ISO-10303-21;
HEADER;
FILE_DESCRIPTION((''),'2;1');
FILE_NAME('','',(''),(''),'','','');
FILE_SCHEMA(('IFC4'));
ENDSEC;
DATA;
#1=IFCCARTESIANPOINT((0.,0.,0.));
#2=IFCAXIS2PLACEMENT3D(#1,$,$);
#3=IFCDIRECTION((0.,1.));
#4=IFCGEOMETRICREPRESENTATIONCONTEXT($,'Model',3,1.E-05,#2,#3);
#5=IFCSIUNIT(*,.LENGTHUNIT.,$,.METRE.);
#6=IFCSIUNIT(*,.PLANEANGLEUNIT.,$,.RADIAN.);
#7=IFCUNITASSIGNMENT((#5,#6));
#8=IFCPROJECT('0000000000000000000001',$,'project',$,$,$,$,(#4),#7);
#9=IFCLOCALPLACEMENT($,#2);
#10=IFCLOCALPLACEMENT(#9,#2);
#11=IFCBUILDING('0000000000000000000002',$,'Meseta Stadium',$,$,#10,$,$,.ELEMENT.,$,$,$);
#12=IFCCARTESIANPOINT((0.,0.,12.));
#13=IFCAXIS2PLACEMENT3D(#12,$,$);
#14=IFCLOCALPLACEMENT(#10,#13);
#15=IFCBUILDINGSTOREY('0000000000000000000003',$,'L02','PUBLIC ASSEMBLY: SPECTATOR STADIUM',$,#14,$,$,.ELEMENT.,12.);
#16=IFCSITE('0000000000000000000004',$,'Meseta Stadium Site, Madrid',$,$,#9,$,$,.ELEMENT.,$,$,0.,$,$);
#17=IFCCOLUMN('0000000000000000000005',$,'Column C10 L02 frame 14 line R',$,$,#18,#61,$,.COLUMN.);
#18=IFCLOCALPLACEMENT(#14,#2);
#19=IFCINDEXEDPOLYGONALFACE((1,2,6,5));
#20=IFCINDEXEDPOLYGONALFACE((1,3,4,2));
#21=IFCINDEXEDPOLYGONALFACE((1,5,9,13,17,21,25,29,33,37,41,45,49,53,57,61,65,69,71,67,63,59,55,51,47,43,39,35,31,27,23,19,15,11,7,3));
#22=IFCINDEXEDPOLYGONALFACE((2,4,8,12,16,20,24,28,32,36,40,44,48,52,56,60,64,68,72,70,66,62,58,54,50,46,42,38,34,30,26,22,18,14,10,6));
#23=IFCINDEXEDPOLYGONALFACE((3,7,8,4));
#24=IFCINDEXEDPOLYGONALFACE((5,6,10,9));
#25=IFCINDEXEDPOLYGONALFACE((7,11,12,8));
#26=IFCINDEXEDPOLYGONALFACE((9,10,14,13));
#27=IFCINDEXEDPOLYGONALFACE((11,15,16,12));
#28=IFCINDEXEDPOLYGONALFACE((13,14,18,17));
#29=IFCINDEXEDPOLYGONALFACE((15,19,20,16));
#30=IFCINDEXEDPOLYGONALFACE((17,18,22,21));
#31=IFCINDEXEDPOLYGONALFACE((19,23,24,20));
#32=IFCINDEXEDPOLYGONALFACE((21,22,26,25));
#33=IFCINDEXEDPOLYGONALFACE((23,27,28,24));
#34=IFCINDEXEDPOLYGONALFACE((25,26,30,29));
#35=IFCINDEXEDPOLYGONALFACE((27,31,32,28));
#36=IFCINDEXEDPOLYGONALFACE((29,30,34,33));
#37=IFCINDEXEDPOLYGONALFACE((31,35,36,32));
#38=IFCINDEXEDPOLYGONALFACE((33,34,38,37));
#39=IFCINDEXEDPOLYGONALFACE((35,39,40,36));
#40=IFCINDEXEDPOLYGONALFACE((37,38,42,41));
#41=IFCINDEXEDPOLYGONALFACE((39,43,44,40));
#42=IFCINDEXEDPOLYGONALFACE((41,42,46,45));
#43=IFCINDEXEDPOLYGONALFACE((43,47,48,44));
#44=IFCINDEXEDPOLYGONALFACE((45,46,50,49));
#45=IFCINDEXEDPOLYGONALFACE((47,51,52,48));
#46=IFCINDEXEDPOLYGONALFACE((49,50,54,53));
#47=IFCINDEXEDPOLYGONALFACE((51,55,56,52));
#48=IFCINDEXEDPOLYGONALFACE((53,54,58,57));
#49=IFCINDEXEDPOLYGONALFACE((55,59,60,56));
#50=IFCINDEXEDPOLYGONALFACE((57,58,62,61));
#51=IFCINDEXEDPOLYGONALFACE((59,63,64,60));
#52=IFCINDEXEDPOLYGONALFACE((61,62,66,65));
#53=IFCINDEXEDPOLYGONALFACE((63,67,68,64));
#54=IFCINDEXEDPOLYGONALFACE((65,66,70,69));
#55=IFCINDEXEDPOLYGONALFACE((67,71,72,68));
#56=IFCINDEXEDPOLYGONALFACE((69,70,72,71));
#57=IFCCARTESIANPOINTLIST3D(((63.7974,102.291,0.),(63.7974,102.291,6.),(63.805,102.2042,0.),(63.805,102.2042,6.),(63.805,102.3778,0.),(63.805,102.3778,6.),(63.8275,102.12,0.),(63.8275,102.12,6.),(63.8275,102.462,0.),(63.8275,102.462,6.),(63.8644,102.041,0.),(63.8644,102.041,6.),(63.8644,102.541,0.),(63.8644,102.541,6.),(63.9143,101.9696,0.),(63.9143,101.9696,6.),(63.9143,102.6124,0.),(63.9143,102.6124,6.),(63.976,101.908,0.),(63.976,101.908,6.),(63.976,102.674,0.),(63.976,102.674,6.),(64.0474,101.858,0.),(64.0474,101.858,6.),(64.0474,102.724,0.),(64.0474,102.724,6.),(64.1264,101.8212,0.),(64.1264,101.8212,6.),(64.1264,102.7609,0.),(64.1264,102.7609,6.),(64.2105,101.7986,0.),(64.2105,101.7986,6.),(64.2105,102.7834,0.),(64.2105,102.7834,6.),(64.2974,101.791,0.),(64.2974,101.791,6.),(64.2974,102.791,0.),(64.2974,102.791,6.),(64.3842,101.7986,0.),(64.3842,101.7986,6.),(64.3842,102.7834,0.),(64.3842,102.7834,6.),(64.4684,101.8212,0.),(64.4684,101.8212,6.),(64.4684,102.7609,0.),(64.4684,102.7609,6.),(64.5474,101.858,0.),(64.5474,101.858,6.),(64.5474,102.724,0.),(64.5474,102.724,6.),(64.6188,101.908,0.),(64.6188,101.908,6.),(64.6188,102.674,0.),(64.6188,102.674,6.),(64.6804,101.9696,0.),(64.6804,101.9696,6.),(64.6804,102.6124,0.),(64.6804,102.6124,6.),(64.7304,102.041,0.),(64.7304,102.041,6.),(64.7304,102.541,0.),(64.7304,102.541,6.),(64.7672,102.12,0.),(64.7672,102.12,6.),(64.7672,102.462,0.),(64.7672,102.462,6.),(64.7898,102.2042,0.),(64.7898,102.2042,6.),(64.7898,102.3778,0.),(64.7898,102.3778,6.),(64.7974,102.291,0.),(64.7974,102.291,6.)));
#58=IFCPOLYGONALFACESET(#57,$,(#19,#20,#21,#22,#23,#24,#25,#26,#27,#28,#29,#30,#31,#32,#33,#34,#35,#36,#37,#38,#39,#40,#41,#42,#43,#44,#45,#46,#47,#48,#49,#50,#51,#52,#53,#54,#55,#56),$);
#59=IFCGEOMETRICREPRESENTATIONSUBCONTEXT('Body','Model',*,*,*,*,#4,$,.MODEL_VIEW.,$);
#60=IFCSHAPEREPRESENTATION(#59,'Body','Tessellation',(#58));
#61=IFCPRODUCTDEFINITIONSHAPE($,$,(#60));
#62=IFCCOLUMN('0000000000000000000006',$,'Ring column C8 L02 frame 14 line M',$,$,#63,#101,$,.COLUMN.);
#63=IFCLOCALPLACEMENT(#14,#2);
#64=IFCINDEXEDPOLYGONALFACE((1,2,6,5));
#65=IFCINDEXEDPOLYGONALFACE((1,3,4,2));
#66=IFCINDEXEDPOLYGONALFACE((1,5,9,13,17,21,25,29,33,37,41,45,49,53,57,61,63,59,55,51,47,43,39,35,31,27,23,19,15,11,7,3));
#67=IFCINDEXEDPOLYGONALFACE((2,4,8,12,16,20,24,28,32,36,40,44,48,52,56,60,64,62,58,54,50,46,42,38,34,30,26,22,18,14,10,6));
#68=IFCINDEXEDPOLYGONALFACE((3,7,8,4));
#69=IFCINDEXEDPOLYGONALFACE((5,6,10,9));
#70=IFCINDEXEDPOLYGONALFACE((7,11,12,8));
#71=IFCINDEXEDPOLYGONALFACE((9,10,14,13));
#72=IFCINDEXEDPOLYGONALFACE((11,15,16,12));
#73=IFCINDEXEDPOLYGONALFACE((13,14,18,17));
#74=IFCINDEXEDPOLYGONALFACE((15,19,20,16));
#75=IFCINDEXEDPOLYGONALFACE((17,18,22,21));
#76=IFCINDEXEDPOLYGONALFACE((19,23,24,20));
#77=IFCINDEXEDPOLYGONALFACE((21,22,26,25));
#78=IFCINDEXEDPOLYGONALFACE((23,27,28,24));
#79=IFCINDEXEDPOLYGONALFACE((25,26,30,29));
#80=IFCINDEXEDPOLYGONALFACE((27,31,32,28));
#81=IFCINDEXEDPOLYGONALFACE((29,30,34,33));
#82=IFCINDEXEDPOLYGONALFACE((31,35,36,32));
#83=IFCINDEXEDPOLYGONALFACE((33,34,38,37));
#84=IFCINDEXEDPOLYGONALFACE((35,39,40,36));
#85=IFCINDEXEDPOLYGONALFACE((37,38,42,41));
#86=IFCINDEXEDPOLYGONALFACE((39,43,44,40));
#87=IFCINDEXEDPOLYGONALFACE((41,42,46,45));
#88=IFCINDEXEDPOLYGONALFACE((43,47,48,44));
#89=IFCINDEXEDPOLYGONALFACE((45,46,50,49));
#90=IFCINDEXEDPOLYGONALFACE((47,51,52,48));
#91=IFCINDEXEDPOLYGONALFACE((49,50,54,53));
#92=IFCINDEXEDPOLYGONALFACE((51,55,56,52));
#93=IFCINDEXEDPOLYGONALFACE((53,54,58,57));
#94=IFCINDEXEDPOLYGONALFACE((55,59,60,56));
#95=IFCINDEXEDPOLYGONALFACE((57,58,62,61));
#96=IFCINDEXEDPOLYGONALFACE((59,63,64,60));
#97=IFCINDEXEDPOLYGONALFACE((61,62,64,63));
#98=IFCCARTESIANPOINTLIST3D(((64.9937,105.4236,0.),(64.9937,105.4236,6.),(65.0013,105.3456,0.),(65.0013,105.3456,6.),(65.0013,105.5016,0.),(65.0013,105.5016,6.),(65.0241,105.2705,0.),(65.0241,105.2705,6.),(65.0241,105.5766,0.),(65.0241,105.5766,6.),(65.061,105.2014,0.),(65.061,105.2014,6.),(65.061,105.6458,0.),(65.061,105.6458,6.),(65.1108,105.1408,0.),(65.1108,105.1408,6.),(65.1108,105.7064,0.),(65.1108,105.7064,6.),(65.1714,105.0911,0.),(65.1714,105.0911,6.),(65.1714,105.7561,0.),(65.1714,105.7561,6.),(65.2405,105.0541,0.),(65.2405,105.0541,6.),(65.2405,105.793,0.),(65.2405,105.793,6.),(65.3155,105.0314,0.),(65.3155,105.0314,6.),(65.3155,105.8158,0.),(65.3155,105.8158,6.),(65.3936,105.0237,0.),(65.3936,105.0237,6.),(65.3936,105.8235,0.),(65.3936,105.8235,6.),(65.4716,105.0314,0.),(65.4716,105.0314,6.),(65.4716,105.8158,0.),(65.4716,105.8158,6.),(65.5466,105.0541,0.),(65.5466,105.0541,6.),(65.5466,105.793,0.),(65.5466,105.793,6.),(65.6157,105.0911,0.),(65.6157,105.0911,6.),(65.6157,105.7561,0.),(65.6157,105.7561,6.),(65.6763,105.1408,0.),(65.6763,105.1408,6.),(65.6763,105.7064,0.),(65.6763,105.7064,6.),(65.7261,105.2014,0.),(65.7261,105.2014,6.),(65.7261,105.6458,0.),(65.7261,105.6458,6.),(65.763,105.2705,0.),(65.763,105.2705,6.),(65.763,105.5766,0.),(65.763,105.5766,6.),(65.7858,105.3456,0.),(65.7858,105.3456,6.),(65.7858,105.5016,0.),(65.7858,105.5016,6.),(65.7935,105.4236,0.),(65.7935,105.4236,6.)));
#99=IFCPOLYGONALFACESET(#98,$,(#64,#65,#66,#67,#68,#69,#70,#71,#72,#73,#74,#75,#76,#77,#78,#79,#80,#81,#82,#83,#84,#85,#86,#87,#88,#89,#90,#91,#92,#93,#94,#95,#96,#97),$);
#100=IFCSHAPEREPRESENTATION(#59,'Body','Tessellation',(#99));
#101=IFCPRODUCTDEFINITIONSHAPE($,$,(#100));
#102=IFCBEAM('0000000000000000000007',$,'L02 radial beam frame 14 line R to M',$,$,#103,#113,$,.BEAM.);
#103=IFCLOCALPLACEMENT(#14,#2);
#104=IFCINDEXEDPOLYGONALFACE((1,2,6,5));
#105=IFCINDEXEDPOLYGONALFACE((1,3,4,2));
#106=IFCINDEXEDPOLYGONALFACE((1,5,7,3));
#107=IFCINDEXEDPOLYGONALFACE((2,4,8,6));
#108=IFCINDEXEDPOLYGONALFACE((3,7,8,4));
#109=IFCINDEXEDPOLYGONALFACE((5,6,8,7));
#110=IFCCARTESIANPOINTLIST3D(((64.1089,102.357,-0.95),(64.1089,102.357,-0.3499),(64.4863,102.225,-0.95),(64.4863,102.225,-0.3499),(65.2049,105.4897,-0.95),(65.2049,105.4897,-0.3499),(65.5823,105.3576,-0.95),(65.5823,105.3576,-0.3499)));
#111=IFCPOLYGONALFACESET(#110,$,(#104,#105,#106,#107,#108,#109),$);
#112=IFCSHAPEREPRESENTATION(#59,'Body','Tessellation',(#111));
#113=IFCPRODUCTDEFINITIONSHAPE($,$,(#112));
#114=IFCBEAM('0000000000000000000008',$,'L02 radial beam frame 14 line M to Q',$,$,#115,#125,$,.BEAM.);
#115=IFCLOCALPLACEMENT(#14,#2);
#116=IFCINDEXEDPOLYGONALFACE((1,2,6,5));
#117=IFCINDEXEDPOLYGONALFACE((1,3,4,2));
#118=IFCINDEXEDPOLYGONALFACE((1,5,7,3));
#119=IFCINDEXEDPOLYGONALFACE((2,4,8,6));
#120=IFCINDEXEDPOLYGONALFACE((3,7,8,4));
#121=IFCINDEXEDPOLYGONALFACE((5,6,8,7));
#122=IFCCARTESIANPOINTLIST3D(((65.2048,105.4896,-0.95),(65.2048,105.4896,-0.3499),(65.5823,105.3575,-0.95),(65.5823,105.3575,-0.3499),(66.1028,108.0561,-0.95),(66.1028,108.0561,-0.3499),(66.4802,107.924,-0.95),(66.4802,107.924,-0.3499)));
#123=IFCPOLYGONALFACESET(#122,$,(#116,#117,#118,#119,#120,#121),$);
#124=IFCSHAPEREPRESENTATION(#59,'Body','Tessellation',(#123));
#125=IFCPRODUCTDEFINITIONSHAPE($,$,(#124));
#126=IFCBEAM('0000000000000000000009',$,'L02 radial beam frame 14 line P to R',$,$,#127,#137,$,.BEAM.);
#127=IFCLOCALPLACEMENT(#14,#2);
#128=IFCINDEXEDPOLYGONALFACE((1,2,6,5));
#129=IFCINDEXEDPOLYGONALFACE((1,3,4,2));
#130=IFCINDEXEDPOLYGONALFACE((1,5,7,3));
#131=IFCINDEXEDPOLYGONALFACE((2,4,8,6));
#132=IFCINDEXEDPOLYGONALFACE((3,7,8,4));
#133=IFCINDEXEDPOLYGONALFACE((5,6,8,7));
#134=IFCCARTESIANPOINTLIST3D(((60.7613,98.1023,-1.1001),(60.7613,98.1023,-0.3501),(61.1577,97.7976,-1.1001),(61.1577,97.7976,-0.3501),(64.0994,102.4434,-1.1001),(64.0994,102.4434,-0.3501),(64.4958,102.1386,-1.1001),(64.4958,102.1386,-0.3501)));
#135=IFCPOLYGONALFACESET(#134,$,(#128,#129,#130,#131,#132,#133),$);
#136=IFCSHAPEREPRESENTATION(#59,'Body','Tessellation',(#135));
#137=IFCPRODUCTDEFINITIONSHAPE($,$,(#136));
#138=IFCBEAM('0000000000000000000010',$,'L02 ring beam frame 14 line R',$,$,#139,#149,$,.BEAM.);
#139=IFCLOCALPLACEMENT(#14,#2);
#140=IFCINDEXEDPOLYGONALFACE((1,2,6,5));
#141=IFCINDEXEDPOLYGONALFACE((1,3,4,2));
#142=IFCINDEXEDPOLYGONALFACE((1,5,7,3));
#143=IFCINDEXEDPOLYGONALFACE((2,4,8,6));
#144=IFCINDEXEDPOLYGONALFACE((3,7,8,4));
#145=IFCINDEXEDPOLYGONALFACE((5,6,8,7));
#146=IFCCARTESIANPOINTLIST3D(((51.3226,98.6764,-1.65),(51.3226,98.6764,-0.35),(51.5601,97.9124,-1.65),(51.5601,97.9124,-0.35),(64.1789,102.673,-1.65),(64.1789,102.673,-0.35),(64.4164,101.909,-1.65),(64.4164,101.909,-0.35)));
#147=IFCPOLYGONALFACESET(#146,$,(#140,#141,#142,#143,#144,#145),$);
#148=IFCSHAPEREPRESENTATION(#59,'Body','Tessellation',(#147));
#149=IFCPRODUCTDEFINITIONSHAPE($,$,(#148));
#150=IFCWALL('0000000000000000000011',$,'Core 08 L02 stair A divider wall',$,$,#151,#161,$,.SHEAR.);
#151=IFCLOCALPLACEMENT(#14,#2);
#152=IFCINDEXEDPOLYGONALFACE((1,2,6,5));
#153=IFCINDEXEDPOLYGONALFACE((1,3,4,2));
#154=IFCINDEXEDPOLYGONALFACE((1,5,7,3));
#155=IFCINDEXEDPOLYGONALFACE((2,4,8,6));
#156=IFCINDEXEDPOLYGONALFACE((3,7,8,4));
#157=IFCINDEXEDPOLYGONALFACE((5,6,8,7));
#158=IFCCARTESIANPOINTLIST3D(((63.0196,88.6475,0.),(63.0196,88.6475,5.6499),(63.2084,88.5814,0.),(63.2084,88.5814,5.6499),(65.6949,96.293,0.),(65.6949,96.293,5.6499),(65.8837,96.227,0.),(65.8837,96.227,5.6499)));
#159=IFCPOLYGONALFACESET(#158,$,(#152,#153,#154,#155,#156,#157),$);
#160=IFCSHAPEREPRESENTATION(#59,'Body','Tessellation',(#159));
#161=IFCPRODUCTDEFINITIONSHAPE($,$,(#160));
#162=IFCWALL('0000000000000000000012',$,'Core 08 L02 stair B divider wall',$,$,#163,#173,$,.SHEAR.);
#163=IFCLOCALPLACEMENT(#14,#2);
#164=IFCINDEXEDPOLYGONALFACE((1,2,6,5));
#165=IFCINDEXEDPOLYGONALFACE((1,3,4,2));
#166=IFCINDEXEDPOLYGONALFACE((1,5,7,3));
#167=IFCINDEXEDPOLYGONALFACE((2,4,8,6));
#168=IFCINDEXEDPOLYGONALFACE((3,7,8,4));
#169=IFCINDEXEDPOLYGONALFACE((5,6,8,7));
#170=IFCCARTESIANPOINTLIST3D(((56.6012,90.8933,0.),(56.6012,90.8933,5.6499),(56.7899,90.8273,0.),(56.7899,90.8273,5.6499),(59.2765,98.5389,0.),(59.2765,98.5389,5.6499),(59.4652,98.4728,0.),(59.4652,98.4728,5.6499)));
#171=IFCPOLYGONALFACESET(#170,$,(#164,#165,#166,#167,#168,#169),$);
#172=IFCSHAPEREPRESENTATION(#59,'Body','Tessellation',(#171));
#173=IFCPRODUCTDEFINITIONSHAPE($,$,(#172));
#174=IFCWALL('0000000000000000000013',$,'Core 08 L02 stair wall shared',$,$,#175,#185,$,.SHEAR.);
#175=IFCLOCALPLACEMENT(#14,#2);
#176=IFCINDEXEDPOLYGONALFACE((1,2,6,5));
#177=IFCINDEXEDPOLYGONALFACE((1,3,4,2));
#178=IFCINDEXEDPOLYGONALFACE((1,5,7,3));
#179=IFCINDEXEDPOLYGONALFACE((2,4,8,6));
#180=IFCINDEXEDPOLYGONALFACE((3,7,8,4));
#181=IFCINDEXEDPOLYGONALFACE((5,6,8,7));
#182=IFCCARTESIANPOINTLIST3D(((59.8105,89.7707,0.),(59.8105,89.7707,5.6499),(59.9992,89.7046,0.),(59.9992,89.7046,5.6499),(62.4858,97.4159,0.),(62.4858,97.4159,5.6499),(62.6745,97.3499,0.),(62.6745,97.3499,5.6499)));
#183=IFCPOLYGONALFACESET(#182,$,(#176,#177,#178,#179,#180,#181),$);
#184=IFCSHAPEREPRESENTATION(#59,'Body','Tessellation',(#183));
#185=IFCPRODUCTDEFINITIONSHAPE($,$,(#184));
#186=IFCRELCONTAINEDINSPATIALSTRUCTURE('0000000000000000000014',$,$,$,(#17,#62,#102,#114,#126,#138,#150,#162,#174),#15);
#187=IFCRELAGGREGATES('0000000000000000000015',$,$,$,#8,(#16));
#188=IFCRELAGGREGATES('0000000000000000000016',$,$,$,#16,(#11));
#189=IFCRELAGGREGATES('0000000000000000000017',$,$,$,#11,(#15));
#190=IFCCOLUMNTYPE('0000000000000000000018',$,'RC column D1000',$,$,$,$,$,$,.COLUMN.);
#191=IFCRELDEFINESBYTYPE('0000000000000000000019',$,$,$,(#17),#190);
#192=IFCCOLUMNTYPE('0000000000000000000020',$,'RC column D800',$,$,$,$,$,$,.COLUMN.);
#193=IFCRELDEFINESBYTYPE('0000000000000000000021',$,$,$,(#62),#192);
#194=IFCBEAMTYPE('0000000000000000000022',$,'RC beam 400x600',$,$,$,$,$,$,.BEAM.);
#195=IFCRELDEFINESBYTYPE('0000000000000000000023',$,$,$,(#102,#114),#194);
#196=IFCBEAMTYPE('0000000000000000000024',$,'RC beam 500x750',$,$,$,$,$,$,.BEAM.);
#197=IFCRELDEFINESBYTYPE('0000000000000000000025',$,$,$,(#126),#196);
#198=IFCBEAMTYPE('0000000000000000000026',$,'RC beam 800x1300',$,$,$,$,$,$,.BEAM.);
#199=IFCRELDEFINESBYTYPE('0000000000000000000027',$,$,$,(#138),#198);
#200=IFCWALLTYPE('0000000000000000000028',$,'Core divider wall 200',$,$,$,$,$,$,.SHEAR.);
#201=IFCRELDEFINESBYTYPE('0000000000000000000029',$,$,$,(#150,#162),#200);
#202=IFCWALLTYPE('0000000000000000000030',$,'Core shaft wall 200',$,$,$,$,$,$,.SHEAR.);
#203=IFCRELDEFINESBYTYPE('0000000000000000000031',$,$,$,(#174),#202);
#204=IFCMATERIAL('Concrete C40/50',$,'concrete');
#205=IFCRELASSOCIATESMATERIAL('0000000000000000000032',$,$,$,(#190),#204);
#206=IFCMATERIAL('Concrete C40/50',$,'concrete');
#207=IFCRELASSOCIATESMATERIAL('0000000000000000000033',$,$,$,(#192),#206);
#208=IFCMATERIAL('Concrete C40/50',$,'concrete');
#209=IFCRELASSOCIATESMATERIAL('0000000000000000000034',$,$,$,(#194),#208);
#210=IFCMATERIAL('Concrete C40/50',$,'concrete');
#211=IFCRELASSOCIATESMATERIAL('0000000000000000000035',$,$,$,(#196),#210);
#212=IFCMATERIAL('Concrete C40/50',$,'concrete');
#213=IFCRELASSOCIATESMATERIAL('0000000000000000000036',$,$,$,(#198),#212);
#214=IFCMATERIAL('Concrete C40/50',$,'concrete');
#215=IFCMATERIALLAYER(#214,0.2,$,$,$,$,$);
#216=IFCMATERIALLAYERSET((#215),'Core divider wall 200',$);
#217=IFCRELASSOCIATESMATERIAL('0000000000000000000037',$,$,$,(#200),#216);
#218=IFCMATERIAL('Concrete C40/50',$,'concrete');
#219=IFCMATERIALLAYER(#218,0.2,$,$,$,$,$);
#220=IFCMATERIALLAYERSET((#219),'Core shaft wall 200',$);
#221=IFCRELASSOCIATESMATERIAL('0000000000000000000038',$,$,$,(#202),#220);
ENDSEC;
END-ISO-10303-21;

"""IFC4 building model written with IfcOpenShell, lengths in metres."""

from ifc_helpers import new_model, si_unit, direction, frame, frame_2d, origin, origin_2d, place, context, subcontext, project, spatial, rectangle, circle, extrude, material, layer, layer_set, material_profile, profile_set, type_object, element, save


model = new_model("IFC4")

# Units and contexts
model_context = context("Model", 3, precision=1e-05, world=origin(), true_north=direction((0.0, 1.0)))
body_context = subcontext(model_context, "Body", "Model", "MODEL_VIEW")
ifc_project = project(units=[si_unit("LENGTHUNIT", "METRE"), si_unit("PLANEANGLEUNIT", "RADIAN")], contexts=[model_context])

# Site, building, storey
site_placement = place(None, origin())
site = spatial("IfcSite", under=ifc_project, at=site_placement, Name="Meseta Stadium Site, Madrid", CompositionType="ELEMENT", RefElevation=0.0)
building_placement = place(site_placement, origin())
building = spatial("IfcBuilding", under=site, at=building_placement, Name="Meseta Stadium", CompositionType="ELEMENT")
storey_placement = place(building_placement, frame((0.0, 0.0, 12.0)))
storey = spatial("IfcBuildingStorey", under=building, at=storey_placement, Name="L02", Description="PUBLIC ASSEMBLY: SPECTATOR STADIUM", CompositionType="ELEMENT", Elevation=12.0)

# Columns
ifc_material_1 = material(Name="Concrete C40/50", Category="concrete")
ifc_material_profile_1 = material_profile(ifc_material_1, circle(Radius=0.5, at=origin_2d()), Name="RC D1000")
ifc_profile_set_1 = profile_set([ifc_material_profile_1], Name="Concrete C40/50")
column_type_1 = type_object("IfcColumnType", Name="RC column D1000", PredefinedType="COLUMN", material=ifc_profile_set_1)
column_1_placement = place(storey_placement, frame((64.2974, 102.291, 0.0), z_axis=(0.0, 0.0, 1.0), x_axis=(1.0, 0.0, 0.0)))
element("IfcColumn", 1, at=column_1_placement, inside=storey, type_object=column_type_1, Name="Column C10 L02 frame 14 line R", PredefinedType="COLUMN", context=body_context, shape_type="SweptSolid", body=[
    extrude(circle(Radius=0.5, at=origin_2d()), origin(), (0.0, 0.0, 1.0), 6.0),
])
ifc_material_2 = material(Name="Concrete C40/50", Category="concrete")
ifc_material_profile_2 = material_profile(ifc_material_2, circle(Radius=0.3999, at=origin_2d()), Name="RC D800")
ifc_profile_set_2 = profile_set([ifc_material_profile_2], Name="Concrete C40/50")
column_type_2 = type_object("IfcColumnType", Name="RC column D800", PredefinedType="COLUMN", material=ifc_profile_set_2)
column_2_placement = place(storey_placement, frame((65.3936, 105.4236, 0.0), z_axis=(0.0, 0.0, 1.0), x_axis=(1.0, 0.0, 0.0)))
element("IfcColumn", 2, at=column_2_placement, inside=storey, type_object=column_type_2, Name="Ring column C8 L02 frame 14 line M", PredefinedType="COLUMN", context=body_context, shape_type="SweptSolid", body=[
    extrude(circle(Radius=0.3999, at=origin_2d()), origin(), (0.0, 0.0, 1.0), 6.0),
])

# Beams
ifc_material_3 = material(Name="Concrete C40/50", Category="concrete")
ifc_material_profile_3 = material_profile(ifc_material_3, rectangle(XDim=0.3999, YDim=0.6001, at=origin_2d()), Name="RC 400x600")
ifc_profile_set_3 = profile_set([ifc_material_profile_3], Name="Concrete C40/50")
beam_type_1 = type_object("IfcBeamType", Name="RC beam 400x600", PredefinedType="BEAM", material=ifc_profile_set_3)
beam_1_placement = place(storey_placement, frame((64.2976, 102.291, -0.6499), z_axis=(0.330229, 0.943901, 0.0), x_axis=(-0.943901, 0.330229, 0.0)))
element("IfcBeam", 3, at=beam_1_placement, inside=storey, type_object=beam_type_1, Name="L02 radial beam frame 14 line R to M", PredefinedType="BEAM", context=body_context, shape_type="SweptSolid", body=[
    extrude(rectangle(XDim=0.3999, YDim=0.6001, at=origin_2d()), origin(), (0.0, 0.0, 1.0), 3.3188),
])
beam_2_placement = place(storey_placement, frame((65.3936, 105.4236, -0.6499), z_axis=(0.330254, 0.943892, 0.0), x_axis=(-0.943892, 0.330254, 0.0)))
element("IfcBeam", 4, at=beam_2_placement, inside=storey, type_object=beam_type_1, Name="L02 radial beam frame 14 line M to Q", PredefinedType="BEAM", context=body_context, shape_type="SweptSolid", body=[
    extrude(rectangle(XDim=0.3999, YDim=0.6001, at=origin_2d()), origin(), (0.0, 0.0, 1.0), 2.719),
])
ifc_material_4 = material(Name="Concrete C40/50", Category="concrete")
ifc_material_profile_4 = material_profile(ifc_material_4, rectangle(XDim=0.5, YDim=0.75, at=origin_2d()), Name="RC 500x750")
ifc_profile_set_4 = profile_set([ifc_material_profile_4], Name="Concrete C40/50")
beam_type_2 = type_object("IfcBeamType", Name="RC beam 500x750", PredefinedType="BEAM", material=ifc_profile_set_4)
beam_3_placement = place(storey_placement, frame((60.9595, 97.95, -0.7251), z_axis=(0.609579, 0.792725, 0.0), x_axis=(-0.792725, 0.609579, 0.0)))
element("IfcBeam", 5, at=beam_3_placement, inside=storey, type_object=beam_type_2, Name="L02 radial beam frame 14 line P to R", PredefinedType="BEAM", context=body_context, shape_type="SweptSolid", body=[
    extrude(rectangle(XDim=0.5, YDim=0.75, at=origin_2d()), origin(), (0.0, 0.0, 1.0), 5.4761),
])
ifc_material_5 = material(Name="Concrete C40/50", Category="concrete")
ifc_material_profile_5 = material_profile(ifc_material_5, rectangle(XDim=0.8, YDim=1.3, at=origin_2d()), Name="RC 800x1300")
ifc_profile_set_5 = profile_set([ifc_material_profile_5], Name="Concrete C40/50")
beam_type_3 = type_object("IfcBeamType", Name="RC beam 800x1300", PredefinedType="BEAM", material=ifc_profile_set_5)
beam_4_placement = place(storey_placement, frame((64.2976, 102.291, -1.0), z_axis=(-0.954923, -0.296855, 0.0), x_axis=(0.296855, -0.954923, 0.0)))
element("IfcBeam", 6, at=beam_4_placement, inside=storey, type_object=beam_type_3, Name="L02 ring beam frame 14 line R", PredefinedType="BEAM", context=body_context, shape_type="SweptSolid", body=[
    extrude(rectangle(XDim=0.8, YDim=1.3, at=origin_2d()), origin(), (0.0, 0.0, 1.0), 13.4631),
])

# Walls
ifc_material_6 = material(Name="Concrete C40/50", Category="concrete")
ifc_layer_1 = layer(ifc_material_6, 0.2)
ifc_layer_set_1 = layer_set([ifc_layer_1], Name="Core divider wall 200")
wall_type_1 = type_object("IfcWallType", Name="Core divider wall 200", PredefinedType="SHEAR", material=ifc_layer_set_1)
for number, where, z_axis, x_axis, name in (
    (7, (65.7893, 96.26, 0.0), (0.0, 0.0, 1.0), (-0.330281, -0.943883, 0.0), "Core 08 L02 stair A divider wall"),
    (8, (59.3708, 98.5059, 0.0), (0.0, 0.0, 1.0), (-0.330281, -0.943883, 0.0), "Core 08 L02 stair B divider wall"),
):
    element("IfcWall", number, at=place(storey_placement, frame(where, z_axis=z_axis, x_axis=x_axis)), inside=storey, type_object=wall_type_1, Name=name, PredefinedType="SHEAR", context=body_context, shape_type="SweptSolid", body=[
        extrude(rectangle(XDim=8.1001, YDim=0.2, at=frame_2d((4.05, 0.0))), origin(), (0.0, 0.0, 1.0), 5.6499),
    ])
ifc_material_7 = material(Name="Concrete C40/50", Category="concrete")
ifc_layer_2 = layer(ifc_material_7, 0.2)
ifc_layer_set_2 = layer_set([ifc_layer_2], Name="Core shaft wall 200")
wall_type_2 = type_object("IfcWallType", Name="Core shaft wall 200", PredefinedType="SHEAR", material=ifc_layer_set_2)
wall_1_placement = place(storey_placement, frame((62.5801, 97.3828, 0.0), z_axis=(0.0, 0.0, 1.0), x_axis=(-0.33029, -0.94388, 0.0)))
element("IfcWall", 9, at=wall_1_placement, inside=storey, type_object=wall_type_2, Name="Core 08 L02 stair wall shared", PredefinedType="SHEAR", context=body_context, shape_type="SweptSolid", body=[
    extrude(rectangle(XDim=8.0999, YDim=0.2, at=frame_2d((4.0498, 0.0))), origin(), (0.0, 0.0, 1.0), 5.6499),
])

save(model, "model.ifc")
